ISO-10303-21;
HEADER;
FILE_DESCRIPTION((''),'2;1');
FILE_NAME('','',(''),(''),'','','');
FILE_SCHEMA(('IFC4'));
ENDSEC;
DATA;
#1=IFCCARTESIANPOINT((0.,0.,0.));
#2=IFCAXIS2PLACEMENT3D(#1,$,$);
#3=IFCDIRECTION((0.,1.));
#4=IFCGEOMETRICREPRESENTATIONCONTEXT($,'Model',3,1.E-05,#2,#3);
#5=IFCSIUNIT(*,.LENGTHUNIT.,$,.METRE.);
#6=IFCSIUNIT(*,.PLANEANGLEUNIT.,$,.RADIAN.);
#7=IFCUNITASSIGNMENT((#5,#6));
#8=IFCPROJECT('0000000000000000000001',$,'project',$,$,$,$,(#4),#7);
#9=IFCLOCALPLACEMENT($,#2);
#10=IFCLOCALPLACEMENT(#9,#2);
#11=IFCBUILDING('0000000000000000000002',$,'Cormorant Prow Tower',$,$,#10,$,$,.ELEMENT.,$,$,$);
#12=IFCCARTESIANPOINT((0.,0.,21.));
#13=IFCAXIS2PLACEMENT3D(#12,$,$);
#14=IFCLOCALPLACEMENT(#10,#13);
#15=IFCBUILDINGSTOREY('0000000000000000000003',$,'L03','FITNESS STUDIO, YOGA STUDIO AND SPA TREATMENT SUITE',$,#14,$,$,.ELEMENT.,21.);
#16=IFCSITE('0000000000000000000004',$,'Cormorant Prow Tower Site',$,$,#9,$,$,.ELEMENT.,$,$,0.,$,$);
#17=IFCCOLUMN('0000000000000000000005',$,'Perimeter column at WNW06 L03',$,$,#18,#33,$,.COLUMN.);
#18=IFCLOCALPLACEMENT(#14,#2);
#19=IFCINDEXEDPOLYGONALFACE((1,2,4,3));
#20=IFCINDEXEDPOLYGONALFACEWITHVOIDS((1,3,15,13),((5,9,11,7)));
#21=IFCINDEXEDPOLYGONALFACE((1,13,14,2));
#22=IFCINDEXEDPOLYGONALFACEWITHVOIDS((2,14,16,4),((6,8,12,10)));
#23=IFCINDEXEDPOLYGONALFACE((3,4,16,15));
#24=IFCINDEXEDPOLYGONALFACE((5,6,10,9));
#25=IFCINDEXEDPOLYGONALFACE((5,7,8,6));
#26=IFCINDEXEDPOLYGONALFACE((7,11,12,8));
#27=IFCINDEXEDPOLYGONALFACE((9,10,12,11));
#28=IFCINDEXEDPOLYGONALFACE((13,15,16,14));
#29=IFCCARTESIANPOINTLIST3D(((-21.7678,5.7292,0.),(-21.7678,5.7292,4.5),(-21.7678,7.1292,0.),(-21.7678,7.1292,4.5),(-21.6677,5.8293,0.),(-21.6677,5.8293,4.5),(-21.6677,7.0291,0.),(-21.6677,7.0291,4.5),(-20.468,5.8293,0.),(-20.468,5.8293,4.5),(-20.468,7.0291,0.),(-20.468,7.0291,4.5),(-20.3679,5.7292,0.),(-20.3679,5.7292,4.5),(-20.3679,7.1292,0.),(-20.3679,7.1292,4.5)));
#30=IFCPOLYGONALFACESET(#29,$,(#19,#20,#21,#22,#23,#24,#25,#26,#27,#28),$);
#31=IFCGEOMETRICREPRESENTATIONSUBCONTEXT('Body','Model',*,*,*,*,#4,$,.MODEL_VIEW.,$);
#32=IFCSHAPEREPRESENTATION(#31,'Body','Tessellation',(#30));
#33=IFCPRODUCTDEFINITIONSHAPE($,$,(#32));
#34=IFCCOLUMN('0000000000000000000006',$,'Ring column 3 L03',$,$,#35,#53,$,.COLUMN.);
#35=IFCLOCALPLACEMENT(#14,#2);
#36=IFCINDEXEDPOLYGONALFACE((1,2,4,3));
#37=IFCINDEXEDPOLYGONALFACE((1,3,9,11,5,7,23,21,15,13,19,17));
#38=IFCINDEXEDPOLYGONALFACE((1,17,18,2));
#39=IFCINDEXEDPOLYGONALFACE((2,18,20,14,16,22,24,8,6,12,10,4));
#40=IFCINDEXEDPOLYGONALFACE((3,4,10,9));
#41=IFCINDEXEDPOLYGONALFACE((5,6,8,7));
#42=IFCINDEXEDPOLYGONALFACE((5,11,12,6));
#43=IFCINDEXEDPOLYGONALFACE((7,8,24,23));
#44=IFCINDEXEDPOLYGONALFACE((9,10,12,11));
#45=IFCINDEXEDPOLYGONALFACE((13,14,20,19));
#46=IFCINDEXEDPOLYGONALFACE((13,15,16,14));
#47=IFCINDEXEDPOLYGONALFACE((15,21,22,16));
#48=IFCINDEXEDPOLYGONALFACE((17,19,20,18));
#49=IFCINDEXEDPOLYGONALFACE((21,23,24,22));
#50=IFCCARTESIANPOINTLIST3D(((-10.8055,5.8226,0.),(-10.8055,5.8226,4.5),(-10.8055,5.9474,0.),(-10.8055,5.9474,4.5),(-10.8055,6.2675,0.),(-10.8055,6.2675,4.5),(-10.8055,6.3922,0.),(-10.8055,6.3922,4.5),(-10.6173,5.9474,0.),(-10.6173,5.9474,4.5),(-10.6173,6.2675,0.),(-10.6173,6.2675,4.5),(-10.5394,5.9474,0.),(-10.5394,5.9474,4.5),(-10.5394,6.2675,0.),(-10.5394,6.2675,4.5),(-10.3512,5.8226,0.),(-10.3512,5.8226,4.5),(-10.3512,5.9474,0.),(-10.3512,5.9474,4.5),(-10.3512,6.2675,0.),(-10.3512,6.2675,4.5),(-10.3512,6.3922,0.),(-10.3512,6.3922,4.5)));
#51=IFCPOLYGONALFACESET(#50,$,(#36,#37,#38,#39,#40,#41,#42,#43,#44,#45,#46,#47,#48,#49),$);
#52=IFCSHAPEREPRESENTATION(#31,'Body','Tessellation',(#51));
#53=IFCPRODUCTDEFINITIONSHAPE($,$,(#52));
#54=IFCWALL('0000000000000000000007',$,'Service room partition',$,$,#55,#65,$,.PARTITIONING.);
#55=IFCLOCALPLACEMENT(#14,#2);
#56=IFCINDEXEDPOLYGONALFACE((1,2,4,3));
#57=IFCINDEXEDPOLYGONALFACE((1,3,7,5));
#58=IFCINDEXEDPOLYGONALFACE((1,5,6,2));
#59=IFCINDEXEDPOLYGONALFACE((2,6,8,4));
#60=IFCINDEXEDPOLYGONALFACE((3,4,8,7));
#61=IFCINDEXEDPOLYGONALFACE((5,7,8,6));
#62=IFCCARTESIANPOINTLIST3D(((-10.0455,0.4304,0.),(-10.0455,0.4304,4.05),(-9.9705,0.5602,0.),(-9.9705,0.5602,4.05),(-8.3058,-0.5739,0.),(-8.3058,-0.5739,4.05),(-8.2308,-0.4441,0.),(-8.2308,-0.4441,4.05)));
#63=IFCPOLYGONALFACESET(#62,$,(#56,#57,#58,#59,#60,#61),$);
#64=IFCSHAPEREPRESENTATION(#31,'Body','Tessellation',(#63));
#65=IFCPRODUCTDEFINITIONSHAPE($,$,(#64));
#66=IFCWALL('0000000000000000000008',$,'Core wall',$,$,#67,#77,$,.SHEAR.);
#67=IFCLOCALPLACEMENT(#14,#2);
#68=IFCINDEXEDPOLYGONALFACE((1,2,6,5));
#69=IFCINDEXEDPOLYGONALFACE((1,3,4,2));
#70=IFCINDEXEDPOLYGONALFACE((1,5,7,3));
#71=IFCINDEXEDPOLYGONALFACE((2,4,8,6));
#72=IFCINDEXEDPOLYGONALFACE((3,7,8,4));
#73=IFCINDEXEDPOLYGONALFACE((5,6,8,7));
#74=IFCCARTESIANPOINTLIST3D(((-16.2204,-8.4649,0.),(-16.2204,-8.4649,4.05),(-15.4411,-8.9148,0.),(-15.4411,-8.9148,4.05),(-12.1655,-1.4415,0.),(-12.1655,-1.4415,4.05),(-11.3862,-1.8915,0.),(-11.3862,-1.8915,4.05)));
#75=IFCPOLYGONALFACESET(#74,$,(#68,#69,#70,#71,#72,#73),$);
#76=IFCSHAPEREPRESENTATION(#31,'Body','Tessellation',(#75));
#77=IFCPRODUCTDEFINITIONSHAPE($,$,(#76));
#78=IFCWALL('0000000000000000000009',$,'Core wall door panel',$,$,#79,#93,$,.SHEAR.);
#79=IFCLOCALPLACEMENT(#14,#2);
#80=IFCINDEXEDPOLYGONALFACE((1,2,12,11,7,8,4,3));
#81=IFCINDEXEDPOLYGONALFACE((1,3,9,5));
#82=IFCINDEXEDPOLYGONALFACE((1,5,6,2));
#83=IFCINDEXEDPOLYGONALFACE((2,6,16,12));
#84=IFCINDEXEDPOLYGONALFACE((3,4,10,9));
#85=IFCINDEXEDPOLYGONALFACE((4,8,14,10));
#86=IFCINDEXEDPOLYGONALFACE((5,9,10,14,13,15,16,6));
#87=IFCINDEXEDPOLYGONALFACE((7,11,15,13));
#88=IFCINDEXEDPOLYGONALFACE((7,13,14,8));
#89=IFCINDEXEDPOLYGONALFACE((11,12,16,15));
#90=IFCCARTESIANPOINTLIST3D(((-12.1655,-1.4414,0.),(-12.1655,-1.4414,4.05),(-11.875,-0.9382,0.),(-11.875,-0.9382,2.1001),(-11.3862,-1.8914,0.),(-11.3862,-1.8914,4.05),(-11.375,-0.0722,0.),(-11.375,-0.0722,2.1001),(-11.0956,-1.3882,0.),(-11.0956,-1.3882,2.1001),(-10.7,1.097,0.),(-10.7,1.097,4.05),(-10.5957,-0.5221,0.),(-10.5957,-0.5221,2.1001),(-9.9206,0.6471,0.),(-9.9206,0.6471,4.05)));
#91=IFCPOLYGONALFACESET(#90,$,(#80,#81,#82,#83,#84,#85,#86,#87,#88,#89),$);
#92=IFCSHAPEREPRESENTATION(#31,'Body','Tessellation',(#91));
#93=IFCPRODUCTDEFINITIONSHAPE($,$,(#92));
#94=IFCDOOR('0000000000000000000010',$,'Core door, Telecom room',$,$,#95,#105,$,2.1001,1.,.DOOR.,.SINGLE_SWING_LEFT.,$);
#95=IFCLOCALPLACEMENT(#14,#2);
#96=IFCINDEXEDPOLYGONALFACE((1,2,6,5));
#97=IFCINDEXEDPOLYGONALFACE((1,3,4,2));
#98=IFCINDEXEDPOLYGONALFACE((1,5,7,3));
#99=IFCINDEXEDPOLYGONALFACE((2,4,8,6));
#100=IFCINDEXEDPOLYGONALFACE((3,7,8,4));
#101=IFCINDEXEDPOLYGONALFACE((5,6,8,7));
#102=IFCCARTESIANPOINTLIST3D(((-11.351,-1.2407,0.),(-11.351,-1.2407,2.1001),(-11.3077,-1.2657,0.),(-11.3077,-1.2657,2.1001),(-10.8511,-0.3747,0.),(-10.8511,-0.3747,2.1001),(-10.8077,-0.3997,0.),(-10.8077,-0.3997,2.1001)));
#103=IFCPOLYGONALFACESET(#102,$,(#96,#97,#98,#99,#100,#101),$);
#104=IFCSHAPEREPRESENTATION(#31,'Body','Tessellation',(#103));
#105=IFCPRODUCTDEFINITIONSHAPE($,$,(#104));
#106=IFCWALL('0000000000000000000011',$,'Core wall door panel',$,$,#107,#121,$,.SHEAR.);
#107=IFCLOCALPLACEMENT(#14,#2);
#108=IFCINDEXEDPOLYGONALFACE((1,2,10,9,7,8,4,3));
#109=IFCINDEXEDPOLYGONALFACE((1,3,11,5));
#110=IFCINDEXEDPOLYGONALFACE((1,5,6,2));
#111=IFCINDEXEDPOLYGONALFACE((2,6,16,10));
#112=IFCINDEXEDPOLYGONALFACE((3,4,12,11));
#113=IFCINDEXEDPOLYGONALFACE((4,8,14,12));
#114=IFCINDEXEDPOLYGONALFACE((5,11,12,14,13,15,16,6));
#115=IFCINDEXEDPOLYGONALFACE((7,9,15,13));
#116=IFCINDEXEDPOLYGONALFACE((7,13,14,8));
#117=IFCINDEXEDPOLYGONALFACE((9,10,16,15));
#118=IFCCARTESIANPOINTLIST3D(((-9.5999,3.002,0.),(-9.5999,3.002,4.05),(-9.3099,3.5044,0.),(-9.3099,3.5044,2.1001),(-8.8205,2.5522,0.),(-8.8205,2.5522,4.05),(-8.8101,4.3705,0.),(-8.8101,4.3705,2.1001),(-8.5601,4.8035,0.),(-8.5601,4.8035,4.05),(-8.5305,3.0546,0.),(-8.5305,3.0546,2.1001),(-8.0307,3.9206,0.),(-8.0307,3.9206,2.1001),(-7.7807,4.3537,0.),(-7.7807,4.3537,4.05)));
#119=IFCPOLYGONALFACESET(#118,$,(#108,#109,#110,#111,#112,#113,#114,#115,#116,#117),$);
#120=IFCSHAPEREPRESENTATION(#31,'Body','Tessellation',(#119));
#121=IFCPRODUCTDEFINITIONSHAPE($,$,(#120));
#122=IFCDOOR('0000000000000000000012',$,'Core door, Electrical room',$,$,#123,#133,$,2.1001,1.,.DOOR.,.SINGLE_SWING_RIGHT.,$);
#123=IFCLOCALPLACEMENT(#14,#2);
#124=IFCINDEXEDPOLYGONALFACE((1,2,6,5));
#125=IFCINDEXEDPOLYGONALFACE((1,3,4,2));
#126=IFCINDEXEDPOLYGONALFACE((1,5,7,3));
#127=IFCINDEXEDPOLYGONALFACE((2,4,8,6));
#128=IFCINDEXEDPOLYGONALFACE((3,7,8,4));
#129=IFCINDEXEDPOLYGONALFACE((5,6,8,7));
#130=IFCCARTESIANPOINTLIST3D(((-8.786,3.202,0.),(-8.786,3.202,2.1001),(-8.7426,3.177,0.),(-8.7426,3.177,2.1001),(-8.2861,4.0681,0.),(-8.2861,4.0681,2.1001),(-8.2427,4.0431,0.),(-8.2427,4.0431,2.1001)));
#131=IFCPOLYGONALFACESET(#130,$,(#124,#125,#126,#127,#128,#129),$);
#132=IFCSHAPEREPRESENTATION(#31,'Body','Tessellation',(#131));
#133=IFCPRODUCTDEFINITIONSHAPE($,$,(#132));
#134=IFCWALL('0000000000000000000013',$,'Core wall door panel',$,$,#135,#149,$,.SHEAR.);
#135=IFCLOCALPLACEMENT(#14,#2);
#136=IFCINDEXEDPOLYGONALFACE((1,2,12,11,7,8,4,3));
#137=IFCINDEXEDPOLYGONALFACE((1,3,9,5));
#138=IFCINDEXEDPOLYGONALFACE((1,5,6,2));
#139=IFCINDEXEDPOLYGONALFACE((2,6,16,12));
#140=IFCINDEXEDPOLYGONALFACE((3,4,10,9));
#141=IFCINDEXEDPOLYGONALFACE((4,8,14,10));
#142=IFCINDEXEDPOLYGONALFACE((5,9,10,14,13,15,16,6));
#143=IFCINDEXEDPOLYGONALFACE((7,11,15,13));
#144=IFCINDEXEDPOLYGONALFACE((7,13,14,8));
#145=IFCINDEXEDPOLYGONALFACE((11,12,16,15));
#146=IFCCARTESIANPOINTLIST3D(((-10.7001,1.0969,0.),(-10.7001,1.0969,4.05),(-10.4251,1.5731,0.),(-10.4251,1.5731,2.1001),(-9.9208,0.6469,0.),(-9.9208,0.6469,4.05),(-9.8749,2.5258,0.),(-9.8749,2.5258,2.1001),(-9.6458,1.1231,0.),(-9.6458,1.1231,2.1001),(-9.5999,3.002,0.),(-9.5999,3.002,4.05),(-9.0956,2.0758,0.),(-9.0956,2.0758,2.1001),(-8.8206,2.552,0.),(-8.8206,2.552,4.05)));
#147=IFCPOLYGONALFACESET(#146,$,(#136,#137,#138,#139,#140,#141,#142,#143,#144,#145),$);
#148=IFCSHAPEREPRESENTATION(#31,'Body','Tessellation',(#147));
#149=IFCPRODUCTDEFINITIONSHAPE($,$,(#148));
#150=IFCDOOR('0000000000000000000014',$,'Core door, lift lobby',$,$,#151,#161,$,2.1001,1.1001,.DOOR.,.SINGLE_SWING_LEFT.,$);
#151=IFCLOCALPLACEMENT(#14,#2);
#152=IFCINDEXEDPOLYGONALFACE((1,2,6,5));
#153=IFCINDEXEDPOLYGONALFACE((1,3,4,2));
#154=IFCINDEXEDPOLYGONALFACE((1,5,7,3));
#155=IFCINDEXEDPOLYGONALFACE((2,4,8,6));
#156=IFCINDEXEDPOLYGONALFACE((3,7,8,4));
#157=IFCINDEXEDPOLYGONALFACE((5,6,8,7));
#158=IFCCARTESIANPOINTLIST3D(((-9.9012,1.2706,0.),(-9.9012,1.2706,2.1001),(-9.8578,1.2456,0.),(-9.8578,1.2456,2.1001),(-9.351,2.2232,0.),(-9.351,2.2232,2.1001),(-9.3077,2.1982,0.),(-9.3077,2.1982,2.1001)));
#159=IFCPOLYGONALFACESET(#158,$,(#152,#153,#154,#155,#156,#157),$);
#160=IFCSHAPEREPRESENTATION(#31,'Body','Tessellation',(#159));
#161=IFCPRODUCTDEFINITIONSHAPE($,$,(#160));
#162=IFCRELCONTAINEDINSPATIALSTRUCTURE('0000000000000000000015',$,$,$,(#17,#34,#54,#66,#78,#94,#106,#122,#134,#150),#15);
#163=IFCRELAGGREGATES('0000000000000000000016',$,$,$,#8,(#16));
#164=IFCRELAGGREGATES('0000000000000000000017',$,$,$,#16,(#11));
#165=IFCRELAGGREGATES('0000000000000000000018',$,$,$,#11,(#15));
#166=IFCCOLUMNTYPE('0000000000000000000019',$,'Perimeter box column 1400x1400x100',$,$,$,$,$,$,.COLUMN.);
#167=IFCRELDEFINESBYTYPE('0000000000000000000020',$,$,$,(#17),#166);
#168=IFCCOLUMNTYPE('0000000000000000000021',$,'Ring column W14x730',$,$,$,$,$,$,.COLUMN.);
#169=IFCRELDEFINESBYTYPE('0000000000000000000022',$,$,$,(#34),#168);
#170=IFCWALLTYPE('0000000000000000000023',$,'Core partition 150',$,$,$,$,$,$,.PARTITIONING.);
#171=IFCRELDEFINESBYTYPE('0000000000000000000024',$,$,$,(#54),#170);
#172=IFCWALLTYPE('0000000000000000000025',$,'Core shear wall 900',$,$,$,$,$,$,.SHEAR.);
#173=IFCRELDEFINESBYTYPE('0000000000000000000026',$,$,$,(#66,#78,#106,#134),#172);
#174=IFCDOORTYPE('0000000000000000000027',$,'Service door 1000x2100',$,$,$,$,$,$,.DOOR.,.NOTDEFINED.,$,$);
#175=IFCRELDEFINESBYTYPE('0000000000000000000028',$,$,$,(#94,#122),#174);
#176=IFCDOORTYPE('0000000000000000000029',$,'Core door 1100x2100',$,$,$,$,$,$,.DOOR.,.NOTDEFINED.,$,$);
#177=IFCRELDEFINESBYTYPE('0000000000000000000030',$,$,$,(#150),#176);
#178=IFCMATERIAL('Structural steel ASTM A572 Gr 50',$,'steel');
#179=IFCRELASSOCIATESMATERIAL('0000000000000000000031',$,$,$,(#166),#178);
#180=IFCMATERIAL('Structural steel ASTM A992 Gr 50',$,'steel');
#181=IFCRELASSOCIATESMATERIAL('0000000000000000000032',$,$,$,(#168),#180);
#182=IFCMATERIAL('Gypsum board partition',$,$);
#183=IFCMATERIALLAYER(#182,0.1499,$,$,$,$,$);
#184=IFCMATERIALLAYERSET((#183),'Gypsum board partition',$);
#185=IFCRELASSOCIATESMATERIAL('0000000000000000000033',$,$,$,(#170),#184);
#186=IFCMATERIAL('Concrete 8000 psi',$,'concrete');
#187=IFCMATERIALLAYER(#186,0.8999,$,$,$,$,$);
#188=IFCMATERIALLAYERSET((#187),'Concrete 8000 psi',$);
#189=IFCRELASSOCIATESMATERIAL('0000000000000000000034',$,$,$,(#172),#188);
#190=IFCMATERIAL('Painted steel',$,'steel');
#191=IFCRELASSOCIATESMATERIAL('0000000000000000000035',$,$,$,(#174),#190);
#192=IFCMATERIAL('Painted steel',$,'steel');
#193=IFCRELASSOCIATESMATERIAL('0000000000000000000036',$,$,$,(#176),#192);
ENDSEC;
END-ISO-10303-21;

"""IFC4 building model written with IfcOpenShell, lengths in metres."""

from ifc_helpers import new_model, si_unit, direction, frame, frame_2d, origin, origin_2d, place, context, subcontext, project, spatial, rectangle, hollow_rectangle, i_section, extrude, material, layer, layer_set, material_profile, profile_set, type_object, element, fill, save


model = new_model("IFC4")

# Units and contexts
model_context = context("Model", 3, precision=1e-05, world=origin(), true_north=direction((0.0, 1.0)))
body_context = subcontext(model_context, "Body", "Model", "MODEL_VIEW")
ifc_project = project(units=[si_unit("LENGTHUNIT", "METRE"), si_unit("PLANEANGLEUNIT", "RADIAN")], contexts=[model_context])

# Site, building, storey
site_placement = place(None, origin())
site = spatial("IfcSite", under=ifc_project, at=site_placement, Name="Cormorant Prow Tower Site", CompositionType="ELEMENT", RefElevation=0.0)
building_placement = place(site_placement, origin())
building = spatial("IfcBuilding", under=site, at=building_placement, Name="Cormorant Prow Tower", CompositionType="ELEMENT")
storey_placement = place(building_placement, frame((0.0, 0.0, 21.0)))
storey = spatial("IfcBuildingStorey", under=building, at=storey_placement, Name="L03", Description="FITNESS STUDIO, YOGA STUDIO AND SPA TREATMENT SUITE", CompositionType="ELEMENT", Elevation=21.0)

# Columns
ifc_material_1 = material(Name="Structural steel ASTM A572 Gr 50", Category="steel")
ifc_material_profile_1 = material_profile(ifc_material_1, hollow_rectangle(XDim=1.3999, YDim=1.3999, WallThickness=0.1001, at=origin_2d()), Name="Box 1400x1400x100")
ifc_profile_set_1 = profile_set([ifc_material_profile_1], Name="Structural steel ASTM A572 Gr 50")
column_type_1 = type_object("IfcColumnType", Name="Perimeter box column 1400x1400x100", PredefinedType="COLUMN", material=ifc_profile_set_1)
column_1_placement = place(storey_placement, frame((-21.0679, 6.4292, 0.0), z_axis=(0.0, 0.0, 1.0), x_axis=(1.0, 0.0, 0.0)))
element("IfcColumn", 1, at=column_1_placement, inside=storey, type_object=column_type_1, Name="Perimeter column at WNW06 L03", PredefinedType="COLUMN", context=body_context, shape_type="SweptSolid", body=[
    extrude(hollow_rectangle(XDim=1.3999, YDim=1.3999, WallThickness=0.1001, at=origin_2d()), origin(), (0.0, 0.0, 1.0), 4.5),
])
ifc_material_2 = material(Name="Structural steel ASTM A992 Gr 50", Category="steel")
ifc_material_profile_2 = material_profile(ifc_material_2, i_section(OverallWidth=0.4543, OverallDepth=0.5696, WebThickness=0.0779, FlangeThickness=0.1248, at=origin_2d()), Name="W14x730")
ifc_profile_set_2 = profile_set([ifc_material_profile_2], Name="Structural steel ASTM A992 Gr 50")
column_type_2 = type_object("IfcColumnType", Name="Ring column W14x730", PredefinedType="COLUMN", material=ifc_profile_set_2)
column_2_placement = place(storey_placement, frame((-10.5784, 6.1074, 0.0), z_axis=(0.0, 0.0, 1.0), x_axis=(1.0, 0.0, 0.0)))
element("IfcColumn", 2, at=column_2_placement, inside=storey, type_object=column_type_2, Name="Ring column 3 L03", PredefinedType="COLUMN", context=body_context, shape_type="SweptSolid", body=[
    extrude(i_section(OverallWidth=0.4543, OverallDepth=0.5696, WebThickness=0.0779, FlangeThickness=0.1248, at=origin_2d()), origin(), (0.0, 0.0, 1.0), 4.5),
])

# Walls
ifc_material_3 = material(Name="Gypsum board partition")
ifc_layer_1 = layer(ifc_material_3, 0.1499)
ifc_layer_set_1 = layer_set([ifc_layer_1], Name="Gypsum board partition")
wall_type_1 = type_object("IfcWallType", Name="Core partition 150", PredefinedType="PARTITIONING", material=ifc_layer_set_1)
wall_1_placement = place(storey_placement, frame((-8.2683, -0.509, 0.0), z_axis=(0.0, 0.0, 1.0), x_axis=(-0.866036, 0.499982, 0.0)))
element("IfcWall", 3, at=wall_1_placement, inside=storey, type_object=wall_type_1, Name="Service room partition", PredefinedType="PARTITIONING", context=body_context, shape_type="SweptSolid", body=[
    extrude(rectangle(XDim=2.0088, YDim=0.1499, at=frame_2d((1.0044, 0.0))), origin(), (0.0, 0.0, 1.0), 4.05),
])
ifc_material_4 = material(Name="Concrete 8000 psi", Category="concrete")
ifc_layer_2 = layer(ifc_material_4, 0.8999)
ifc_layer_set_2 = layer_set([ifc_layer_2], Name="Concrete 8000 psi")
wall_type_2 = type_object("IfcWallType", Name="Core shear wall 900", PredefinedType="SHEAR", material=ifc_layer_set_2)
wall_2_placement = place(storey_placement, frame((-11.7759, -1.6665, 0.0), z_axis=(0.0, 0.0, 1.0), x_axis=(-0.499995, -0.866028, 0.0)))
element("IfcWall", 4, at=wall_2_placement, inside=storey, type_object=wall_type_2, Name="Core wall", PredefinedType="SHEAR", context=body_context, shape_type="SweptSolid", body=[
    extrude(rectangle(XDim=8.1099, YDim=0.8999, at=frame_2d((4.0549, 0.0))), origin(), (0.0, 0.0, 1.0), 4.05),
])

# Walls, openings, doors
wall_3_placement = place(storey_placement, frame((-10.3103, 0.8721, 0.0), z_axis=(0.0, 0.0, 1.0), x_axis=(-0.499982, -0.866036, 0.0)))
wall_3 = element("IfcWall", 5, at=wall_3_placement, inside=storey, type_object=wall_type_2, Name="Core wall door panel", PredefinedType="SHEAR", context=body_context, shape_type="SweptSolid", body=[
    extrude(rectangle(XDim=2.9312, YDim=0.8999, at=frame_2d((1.4656, 0.0))), origin(), (0.0, 0.0, 1.0), 4.05),
])
opening_1_placement = place(wall_3_placement, frame((1.3501, 0.0, 0.0)))
opening_1 = element("IfcOpeningElement", 6, at=opening_1_placement, cuts=wall_3, PredefinedType="OPENING", context=body_context, shape_type="SweptSolid", body=[
    extrude(rectangle(XDim=1.0, YDim=2.1001, at=frame_2d((0.5, 1.05))), frame((0.0, 0.46, 0.0), z_axis=(0.0, -1.0, 0.0), x_axis=(1.0, 0.0, 0.0)), (0.0, 0.0, 1.0), 0.9199),
])
ifc_material_5 = material(Name="Painted steel", Category="steel")
door_type_1 = type_object("IfcDoorType", Name="Service door 1000x2100", OperationType="NOTDEFINED", PredefinedType="DOOR", material=ifc_material_5)
door_1_placement = place(opening_1_placement, origin())
door_1 = element("IfcDoor", 7, at=door_1_placement, inside=storey, type_object=door_type_1, Name="Core door, Telecom room", OperationType="SINGLE_SWING_LEFT", OverallHeight=2.1001, OverallWidth=1.0, PredefinedType="DOOR", context=body_context, shape_type="SweptSolid", body=[
    extrude(rectangle(XDim=1.0, YDim=2.1001, at=frame_2d((0.5, 1.05))), frame((0.0, 0.2051, 0.0), z_axis=(0.0, -1.0, 0.0), x_axis=(1.0, 0.0, 0.0)), (0.0, 0.0, 1.0), 0.05),
])
fill(opening_1, door_1)
wall_4_placement = place(storey_placement, frame((-8.1704, 4.5786, 0.0), z_axis=(0.0, 0.0, 1.0), x_axis=(-0.499888, -0.86609, 0.0)))
wall_4 = element("IfcWall", 8, at=wall_4_placement, inside=storey, type_object=wall_type_2, Name="Core wall door panel", PredefinedType="SHEAR", context=body_context, shape_type="SweptSolid", body=[
    extrude(rectangle(XDim=2.0801, YDim=0.8999, at=frame_2d((1.04, 0.0))), origin(), (0.0, 0.0, 1.0), 4.05),
])
opening_2_placement = place(wall_4_placement, frame((0.5, 0.0, 0.0)))
opening_2 = element("IfcOpeningElement", 9, at=opening_2_placement, cuts=wall_4, PredefinedType="OPENING", context=body_context, shape_type="SweptSolid", body=[
    extrude(rectangle(XDim=1.0, YDim=2.1001, at=frame_2d((0.5, 1.05))), frame((0.0, 0.46, 0.0), z_axis=(0.0, -1.0, 0.0), x_axis=(1.0, 0.0, 0.0)), (0.0, 0.0, 1.0), 0.9199),
])
door_2_placement = place(opening_2_placement, origin())
door_2 = element("IfcDoor", 10, at=door_2_placement, inside=storey, type_object=door_type_1, Name="Core door, Electrical room", OperationType="SINGLE_SWING_RIGHT", OverallHeight=2.1001, OverallWidth=1.0, PredefinedType="DOOR", context=body_context, shape_type="SweptSolid", body=[
    extrude(rectangle(XDim=1.0, YDim=2.1001, at=frame_2d((0.5, 1.05))), frame((0.0, 0.2051, 0.0), z_axis=(0.0, -1.0, 0.0), x_axis=(1.0, 0.0, 0.0)), (0.0, 0.0, 1.0), 0.05),
])
fill(opening_2, door_2)
wall_5_placement = place(storey_placement, frame((-9.2102, 2.7771, 0.0), z_axis=(0.0, 0.0, 1.0), x_axis=(-0.500078, -0.86598, 0.0)))
wall_5 = element("IfcWall", 11, at=wall_5_placement, inside=storey, type_object=wall_type_2, Name="Core wall door panel", PredefinedType="SHEAR", context=body_context, shape_type="SweptSolid", body=[
    extrude(rectangle(XDim=2.2, YDim=0.8999, at=frame_2d((1.1001, 0.0))), origin(), (0.0, 0.0, 1.0), 4.05),
])
opening_3_placement = place(wall_5_placement, frame((0.55, 0.0, 0.0)))
opening_3 = element("IfcOpeningElement", 12, at=opening_3_placement, cuts=wall_5, PredefinedType="OPENING", context=body_context, shape_type="SweptSolid", body=[
    extrude(rectangle(XDim=1.1001, YDim=2.1001, at=frame_2d((0.55, 1.05))), frame((0.0, 0.46, 0.0), z_axis=(0.0, -1.0, 0.0), x_axis=(1.0, 0.0, 0.0)), (0.0, 0.0, 1.0), 0.9199),
])
ifc_material_6 = material(Name="Painted steel", Category="steel")
door_type_2 = type_object("IfcDoorType", Name="Core door 1100x2100", OperationType="NOTDEFINED", PredefinedType="DOOR", material=ifc_material_6)
door_3_placement = place(opening_3_placement, origin())
door_3 = element("IfcDoor", 13, at=door_3_placement, inside=storey, type_object=door_type_2, Name="Core door, lift lobby", OperationType="SINGLE_SWING_LEFT", OverallHeight=2.1001, OverallWidth=1.1001, PredefinedType="DOOR", context=body_context, shape_type="SweptSolid", body=[
    extrude(rectangle(XDim=1.1001, YDim=2.1001, at=frame_2d((0.55, 1.05))), frame((0.0, 0.2051, 0.0), z_axis=(0.0, -1.0, 0.0), x_axis=(1.0, 0.0, 0.0)), (0.0, 0.0, 1.0), 0.05),
])
fill(opening_3, door_3)

save(model, "model.ifc")
